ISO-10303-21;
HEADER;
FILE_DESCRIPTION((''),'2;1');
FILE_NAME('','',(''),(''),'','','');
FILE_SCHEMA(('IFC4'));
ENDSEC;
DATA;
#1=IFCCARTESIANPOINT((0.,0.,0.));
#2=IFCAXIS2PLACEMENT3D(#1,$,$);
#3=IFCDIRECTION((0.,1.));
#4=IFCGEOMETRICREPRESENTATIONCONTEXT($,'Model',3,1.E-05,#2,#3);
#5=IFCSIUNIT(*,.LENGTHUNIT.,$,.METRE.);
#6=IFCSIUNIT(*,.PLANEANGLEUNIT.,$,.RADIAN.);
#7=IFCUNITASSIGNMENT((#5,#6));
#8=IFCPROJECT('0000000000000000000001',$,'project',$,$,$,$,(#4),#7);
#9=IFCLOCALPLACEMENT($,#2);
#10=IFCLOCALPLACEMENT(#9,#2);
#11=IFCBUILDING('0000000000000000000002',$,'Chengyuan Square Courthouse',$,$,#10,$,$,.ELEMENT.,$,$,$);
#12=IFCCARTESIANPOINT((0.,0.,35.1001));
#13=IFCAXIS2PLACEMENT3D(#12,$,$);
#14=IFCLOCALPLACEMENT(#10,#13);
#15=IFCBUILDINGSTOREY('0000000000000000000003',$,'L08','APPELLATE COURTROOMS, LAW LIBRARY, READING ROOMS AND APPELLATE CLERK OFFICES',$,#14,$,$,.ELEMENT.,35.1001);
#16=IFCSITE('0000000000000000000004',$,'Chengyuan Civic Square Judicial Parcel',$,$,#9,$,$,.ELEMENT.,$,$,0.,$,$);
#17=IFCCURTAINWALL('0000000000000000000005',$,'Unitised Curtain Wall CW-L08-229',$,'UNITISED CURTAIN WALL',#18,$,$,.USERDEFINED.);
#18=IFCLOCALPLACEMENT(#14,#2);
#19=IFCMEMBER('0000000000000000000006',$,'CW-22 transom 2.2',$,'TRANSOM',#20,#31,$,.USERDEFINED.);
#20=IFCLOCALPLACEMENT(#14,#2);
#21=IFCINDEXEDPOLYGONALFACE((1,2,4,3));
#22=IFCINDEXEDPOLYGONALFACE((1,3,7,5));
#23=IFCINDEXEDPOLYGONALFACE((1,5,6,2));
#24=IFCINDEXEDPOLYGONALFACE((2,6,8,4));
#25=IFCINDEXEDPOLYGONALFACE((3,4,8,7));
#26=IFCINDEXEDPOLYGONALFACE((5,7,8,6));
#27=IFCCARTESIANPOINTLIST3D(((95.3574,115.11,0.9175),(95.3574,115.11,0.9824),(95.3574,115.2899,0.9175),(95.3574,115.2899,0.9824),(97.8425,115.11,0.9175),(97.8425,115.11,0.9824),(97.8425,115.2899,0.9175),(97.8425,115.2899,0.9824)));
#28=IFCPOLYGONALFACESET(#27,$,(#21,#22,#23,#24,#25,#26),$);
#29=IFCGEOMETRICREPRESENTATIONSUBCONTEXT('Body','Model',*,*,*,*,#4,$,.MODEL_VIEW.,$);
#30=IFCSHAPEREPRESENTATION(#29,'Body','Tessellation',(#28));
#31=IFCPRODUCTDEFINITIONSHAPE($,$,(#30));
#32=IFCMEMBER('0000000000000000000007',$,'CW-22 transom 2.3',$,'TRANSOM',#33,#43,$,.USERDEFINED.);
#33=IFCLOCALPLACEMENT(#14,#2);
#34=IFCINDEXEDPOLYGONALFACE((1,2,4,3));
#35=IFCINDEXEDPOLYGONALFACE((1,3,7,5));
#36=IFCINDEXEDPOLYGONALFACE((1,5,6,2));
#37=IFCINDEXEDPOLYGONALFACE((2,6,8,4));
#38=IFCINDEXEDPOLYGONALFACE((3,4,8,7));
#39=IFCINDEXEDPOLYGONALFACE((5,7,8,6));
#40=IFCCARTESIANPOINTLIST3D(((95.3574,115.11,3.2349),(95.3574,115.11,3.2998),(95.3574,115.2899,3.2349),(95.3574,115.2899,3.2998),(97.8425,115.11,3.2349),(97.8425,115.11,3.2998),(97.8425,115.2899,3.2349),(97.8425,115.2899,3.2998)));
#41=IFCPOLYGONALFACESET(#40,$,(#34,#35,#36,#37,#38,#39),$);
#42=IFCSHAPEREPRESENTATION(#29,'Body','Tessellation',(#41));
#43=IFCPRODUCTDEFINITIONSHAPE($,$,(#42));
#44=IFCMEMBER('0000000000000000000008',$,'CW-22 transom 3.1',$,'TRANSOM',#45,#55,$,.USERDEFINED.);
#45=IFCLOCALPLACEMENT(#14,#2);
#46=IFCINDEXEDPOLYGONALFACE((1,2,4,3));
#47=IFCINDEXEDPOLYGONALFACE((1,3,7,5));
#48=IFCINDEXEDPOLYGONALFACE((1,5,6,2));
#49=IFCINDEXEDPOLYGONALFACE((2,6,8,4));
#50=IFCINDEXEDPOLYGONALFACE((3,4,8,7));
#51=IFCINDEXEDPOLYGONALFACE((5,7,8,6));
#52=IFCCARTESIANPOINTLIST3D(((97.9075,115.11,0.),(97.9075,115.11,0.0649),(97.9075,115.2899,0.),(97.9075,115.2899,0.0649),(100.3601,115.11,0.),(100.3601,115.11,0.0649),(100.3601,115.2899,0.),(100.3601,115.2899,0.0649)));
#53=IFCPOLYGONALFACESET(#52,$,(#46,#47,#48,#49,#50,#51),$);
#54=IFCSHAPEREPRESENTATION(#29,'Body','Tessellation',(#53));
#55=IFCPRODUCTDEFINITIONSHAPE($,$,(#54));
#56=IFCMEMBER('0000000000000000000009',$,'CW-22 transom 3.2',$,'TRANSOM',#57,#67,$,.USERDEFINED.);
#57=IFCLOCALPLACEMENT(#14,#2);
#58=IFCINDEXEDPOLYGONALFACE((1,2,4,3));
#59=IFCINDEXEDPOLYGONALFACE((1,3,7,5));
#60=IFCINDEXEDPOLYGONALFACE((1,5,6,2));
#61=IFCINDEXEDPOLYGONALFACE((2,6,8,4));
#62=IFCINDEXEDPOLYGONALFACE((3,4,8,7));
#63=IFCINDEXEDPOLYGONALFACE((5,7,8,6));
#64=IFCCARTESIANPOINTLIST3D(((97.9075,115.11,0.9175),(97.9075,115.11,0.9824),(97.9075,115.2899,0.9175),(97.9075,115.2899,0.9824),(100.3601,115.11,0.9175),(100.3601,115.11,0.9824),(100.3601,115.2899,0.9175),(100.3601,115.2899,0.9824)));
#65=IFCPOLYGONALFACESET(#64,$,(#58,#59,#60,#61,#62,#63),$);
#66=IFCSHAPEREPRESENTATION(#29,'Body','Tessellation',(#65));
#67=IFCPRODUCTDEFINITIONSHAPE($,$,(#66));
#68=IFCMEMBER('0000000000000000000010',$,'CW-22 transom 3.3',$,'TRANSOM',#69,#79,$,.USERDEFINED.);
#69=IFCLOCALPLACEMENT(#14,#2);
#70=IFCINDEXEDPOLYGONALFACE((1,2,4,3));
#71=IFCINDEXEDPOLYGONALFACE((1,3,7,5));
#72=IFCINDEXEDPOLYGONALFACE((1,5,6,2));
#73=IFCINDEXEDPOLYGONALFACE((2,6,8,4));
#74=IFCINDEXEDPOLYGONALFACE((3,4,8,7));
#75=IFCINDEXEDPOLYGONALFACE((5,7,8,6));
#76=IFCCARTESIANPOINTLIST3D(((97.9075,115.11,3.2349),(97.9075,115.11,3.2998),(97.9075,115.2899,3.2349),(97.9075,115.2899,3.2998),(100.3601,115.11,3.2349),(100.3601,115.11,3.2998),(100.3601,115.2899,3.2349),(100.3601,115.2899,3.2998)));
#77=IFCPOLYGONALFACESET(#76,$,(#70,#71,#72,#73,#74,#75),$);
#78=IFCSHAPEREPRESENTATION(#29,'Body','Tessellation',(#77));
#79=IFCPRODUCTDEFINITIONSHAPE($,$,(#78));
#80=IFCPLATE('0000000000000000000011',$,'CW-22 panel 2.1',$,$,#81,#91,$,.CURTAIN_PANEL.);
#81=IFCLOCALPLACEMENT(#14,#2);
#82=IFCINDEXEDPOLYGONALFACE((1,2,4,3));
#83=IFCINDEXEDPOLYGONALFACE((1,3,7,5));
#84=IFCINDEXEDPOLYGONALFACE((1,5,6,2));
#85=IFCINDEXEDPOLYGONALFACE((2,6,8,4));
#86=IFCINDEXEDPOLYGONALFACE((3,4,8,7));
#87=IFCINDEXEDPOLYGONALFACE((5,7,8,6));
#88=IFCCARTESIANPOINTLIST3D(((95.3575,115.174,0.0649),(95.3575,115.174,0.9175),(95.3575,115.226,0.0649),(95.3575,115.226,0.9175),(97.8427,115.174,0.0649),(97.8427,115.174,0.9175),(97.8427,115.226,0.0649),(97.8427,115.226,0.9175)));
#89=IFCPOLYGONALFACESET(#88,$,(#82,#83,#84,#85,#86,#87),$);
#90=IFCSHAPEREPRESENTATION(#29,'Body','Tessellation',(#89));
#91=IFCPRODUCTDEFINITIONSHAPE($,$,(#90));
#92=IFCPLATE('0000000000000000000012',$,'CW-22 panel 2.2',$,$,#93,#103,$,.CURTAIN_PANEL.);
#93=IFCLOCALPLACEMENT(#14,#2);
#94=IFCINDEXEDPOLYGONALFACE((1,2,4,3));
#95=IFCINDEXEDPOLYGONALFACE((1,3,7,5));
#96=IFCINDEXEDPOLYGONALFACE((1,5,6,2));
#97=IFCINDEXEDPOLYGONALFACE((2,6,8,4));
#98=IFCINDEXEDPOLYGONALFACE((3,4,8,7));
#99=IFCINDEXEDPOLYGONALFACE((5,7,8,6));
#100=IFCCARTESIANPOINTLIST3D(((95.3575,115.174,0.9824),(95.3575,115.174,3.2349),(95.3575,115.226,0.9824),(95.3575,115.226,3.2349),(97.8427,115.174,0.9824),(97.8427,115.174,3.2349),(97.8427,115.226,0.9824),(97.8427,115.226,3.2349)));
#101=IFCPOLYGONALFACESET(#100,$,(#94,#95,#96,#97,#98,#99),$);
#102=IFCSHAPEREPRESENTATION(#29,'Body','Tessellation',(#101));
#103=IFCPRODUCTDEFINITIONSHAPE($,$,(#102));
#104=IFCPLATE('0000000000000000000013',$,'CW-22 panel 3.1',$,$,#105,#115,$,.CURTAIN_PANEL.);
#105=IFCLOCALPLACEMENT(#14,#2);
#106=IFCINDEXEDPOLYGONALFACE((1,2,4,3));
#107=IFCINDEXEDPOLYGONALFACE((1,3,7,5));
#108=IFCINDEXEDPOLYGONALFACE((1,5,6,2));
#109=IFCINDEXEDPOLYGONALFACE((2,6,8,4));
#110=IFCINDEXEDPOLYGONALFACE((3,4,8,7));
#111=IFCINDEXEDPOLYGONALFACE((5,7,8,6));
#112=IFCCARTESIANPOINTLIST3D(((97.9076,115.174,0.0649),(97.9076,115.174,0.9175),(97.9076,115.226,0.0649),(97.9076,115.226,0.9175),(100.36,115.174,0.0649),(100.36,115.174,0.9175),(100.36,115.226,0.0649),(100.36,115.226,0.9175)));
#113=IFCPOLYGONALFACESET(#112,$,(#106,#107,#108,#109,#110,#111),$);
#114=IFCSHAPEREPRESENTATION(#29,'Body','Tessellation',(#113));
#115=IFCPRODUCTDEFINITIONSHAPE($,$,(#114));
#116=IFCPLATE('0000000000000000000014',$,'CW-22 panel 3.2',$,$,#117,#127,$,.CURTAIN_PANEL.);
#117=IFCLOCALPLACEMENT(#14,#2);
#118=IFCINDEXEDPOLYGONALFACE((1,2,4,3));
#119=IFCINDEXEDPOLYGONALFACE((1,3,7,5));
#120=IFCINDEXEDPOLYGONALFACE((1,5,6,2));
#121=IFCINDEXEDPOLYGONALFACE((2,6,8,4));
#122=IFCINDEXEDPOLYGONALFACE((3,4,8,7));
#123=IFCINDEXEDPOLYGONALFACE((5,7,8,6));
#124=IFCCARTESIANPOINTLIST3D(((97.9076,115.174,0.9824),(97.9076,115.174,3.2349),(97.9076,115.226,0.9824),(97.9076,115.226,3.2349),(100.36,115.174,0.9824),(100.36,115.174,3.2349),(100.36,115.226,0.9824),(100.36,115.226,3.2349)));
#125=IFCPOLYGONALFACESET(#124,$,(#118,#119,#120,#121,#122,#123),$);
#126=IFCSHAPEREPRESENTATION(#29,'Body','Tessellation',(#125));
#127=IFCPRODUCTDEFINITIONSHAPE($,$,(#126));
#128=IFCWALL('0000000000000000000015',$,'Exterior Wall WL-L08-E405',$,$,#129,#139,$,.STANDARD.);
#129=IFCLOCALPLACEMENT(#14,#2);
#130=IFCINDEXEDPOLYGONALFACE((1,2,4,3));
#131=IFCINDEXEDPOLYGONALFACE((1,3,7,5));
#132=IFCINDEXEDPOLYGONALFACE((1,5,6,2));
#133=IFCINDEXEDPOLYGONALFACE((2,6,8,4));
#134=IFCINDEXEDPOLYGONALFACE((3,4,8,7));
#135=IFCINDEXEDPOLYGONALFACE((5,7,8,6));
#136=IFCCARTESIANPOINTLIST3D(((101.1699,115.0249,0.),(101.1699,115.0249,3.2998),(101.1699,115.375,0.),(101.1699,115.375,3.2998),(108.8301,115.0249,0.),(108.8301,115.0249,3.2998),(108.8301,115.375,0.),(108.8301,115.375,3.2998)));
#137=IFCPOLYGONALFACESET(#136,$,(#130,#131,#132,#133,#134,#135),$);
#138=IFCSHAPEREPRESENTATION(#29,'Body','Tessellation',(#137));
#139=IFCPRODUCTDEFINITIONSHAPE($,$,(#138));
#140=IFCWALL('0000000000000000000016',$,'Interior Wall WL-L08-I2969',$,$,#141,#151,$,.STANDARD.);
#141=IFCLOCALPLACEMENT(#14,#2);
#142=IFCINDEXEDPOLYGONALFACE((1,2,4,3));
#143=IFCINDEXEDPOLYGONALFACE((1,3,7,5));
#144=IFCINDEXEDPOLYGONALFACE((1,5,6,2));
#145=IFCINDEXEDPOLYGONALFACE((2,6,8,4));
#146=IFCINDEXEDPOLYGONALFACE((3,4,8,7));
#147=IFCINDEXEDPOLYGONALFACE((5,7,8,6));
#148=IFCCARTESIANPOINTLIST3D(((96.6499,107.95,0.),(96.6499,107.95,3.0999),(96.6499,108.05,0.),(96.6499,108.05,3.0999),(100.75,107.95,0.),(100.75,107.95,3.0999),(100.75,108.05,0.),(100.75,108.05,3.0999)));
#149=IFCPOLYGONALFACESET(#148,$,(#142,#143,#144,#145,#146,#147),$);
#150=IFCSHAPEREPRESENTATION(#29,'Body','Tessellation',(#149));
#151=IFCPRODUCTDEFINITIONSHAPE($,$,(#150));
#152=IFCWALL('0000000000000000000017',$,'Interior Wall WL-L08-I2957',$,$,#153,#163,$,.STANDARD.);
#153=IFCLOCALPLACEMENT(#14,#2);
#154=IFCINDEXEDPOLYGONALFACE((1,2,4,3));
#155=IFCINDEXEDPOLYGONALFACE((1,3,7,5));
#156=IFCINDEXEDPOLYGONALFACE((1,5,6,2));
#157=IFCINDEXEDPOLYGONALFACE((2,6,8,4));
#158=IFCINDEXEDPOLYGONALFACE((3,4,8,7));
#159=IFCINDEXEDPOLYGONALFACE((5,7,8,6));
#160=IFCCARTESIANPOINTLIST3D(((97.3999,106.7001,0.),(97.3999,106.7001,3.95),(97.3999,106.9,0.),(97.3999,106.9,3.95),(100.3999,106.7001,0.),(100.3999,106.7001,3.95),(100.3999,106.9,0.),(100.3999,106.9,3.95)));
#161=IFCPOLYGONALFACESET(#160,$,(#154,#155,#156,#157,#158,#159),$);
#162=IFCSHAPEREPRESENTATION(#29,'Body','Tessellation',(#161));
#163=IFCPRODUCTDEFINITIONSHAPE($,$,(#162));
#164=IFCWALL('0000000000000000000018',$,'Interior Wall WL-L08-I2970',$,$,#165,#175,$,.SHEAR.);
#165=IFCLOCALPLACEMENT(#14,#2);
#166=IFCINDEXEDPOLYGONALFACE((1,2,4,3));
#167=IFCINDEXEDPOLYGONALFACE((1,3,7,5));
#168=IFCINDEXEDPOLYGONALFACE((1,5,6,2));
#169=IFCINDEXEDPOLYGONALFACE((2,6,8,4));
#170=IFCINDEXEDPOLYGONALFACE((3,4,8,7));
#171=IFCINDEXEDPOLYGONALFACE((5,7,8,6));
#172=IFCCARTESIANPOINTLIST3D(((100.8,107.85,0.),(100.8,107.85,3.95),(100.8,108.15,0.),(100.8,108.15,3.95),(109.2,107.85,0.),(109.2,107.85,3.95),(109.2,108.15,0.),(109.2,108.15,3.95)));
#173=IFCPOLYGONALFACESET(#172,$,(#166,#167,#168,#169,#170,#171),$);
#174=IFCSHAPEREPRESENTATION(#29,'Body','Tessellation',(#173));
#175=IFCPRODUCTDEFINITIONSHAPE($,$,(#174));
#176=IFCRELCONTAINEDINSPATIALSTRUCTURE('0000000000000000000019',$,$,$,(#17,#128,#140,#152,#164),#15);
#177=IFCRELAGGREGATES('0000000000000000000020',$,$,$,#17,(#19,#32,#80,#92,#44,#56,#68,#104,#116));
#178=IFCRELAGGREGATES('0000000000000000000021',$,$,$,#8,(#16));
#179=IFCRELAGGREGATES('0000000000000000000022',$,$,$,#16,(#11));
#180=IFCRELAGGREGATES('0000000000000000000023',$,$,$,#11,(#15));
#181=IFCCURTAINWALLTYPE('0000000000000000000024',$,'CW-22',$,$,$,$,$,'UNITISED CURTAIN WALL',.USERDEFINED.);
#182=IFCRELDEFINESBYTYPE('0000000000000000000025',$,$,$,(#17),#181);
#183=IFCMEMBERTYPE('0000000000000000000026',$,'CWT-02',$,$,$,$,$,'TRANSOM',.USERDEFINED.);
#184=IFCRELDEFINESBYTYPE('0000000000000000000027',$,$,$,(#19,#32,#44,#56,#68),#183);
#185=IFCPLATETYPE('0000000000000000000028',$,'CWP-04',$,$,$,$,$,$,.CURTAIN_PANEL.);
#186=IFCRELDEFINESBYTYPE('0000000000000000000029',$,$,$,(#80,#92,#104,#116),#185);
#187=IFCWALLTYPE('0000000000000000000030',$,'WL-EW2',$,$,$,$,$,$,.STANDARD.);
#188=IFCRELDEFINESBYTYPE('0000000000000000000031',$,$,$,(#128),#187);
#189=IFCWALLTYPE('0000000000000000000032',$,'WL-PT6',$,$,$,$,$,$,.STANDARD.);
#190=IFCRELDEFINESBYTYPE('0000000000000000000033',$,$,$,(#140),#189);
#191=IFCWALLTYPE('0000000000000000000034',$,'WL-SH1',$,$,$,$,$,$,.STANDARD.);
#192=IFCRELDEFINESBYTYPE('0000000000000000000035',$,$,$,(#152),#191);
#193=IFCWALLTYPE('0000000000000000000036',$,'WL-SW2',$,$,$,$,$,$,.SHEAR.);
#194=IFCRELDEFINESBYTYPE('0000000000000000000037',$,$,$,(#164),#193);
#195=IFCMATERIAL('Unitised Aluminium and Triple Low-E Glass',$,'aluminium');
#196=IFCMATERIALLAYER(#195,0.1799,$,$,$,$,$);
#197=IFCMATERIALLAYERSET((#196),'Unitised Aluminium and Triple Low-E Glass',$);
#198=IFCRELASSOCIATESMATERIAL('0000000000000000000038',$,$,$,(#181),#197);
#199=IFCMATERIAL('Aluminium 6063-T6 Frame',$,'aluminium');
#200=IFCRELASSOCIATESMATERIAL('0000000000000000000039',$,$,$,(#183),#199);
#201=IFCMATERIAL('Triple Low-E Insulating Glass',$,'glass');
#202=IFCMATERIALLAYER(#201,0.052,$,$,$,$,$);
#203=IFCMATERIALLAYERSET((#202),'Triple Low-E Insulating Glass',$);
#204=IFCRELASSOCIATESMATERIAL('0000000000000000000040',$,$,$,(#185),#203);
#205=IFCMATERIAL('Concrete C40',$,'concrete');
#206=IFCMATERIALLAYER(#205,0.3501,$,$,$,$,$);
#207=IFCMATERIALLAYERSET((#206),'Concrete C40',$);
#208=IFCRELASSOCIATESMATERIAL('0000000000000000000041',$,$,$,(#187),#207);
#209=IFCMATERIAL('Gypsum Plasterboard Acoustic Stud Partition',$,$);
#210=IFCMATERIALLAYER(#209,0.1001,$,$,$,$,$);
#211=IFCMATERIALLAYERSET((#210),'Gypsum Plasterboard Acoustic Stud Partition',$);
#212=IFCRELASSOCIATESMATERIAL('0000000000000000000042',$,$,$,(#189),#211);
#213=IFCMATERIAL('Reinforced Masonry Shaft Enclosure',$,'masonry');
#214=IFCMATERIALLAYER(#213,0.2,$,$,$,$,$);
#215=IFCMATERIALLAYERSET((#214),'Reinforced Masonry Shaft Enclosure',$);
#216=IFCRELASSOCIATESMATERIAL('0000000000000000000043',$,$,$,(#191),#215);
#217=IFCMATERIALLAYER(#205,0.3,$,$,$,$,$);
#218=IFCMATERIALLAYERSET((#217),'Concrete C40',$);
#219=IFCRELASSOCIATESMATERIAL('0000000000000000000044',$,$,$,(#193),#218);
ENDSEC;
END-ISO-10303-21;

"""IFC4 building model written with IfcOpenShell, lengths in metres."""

from ifc_helpers import new_model, si_unit, direction, frame, frame_2d, origin, origin_2d, place, context, subcontext, project, spatial, rectangle, extrude, material, layer, layer_set, material_profile, profile_set, type_object, element, aggregate, save


model = new_model("IFC4")

# Units and contexts
model_context = context("Model", 3, precision=1e-05, world=origin(), true_north=direction((0.0, 1.0)))
body_context = subcontext(model_context, "Body", "Model", "MODEL_VIEW")
ifc_project = project(units=[si_unit("LENGTHUNIT", "METRE"), si_unit("PLANEANGLEUNIT", "RADIAN")], contexts=[model_context])

# Site, building, storey
site_placement = place(None, origin())
site = spatial("IfcSite", under=ifc_project, at=site_placement, Name="Chengyuan Civic Square Judicial Parcel", CompositionType="ELEMENT", RefElevation=0.0)
building_placement = place(site_placement, origin())
building = spatial("IfcBuilding", under=site, at=building_placement, Name="Chengyuan Square Courthouse", CompositionType="ELEMENT")
storey_placement = place(building_placement, frame((0.0, 0.0, 35.1001)))
storey = spatial("IfcBuildingStorey", under=building, at=storey_placement, Name="L08", Description="APPELLATE COURTROOMS, LAW LIBRARY, READING ROOMS AND APPELLATE CLERK OFFICES", CompositionType="ELEMENT", Elevation=35.1001)

# Shared definitions
ifc_material_1 = material(Name="Concrete C40", Category="concrete")

# Curtain wall, members, plates
ifc_material_2 = material(Name="Unitised Aluminium and Triple Low-E Glass", Category="aluminium")
ifc_layer_1 = layer(ifc_material_2, 0.1799)
ifc_layer_set_1 = layer_set([ifc_layer_1], Name="Unitised Aluminium and Triple Low-E Glass")
curtain_wall_type = type_object("IfcCurtainWallType", Name="CW-22", ElementType="UNITISED CURTAIN WALL", PredefinedType="USERDEFINED", material=ifc_layer_set_1)
curtain_wall_placement = place(storey_placement, origin())
curtain_wall = element("IfcCurtainWall", 1, at=curtain_wall_placement, inside=storey, type_object=curtain_wall_type, Name="Unitised Curtain Wall CW-L08-229", ObjectType="UNITISED CURTAIN WALL", PredefinedType="USERDEFINED")
ifc_material_3 = material(Name="Aluminium 6063-T6 Frame", Category="aluminium")
ifc_material_profile_1 = material_profile(ifc_material_3, rectangle(XDim=0.1799, YDim=0.0649, at=origin_2d()), Name="CW-TRN-65x140")
ifc_profile_set_1 = profile_set([ifc_material_profile_1], Name="Aluminium 6063-T6 Frame")
member_type_1 = type_object("IfcMemberType", Name="CWT-02", ElementType="TRANSOM", PredefinedType="USERDEFINED", material=ifc_profile_set_1)
member_1_placement = place(storey_placement, frame((95.3574, 115.2, 0.95), z_axis=(1.0, 0.0, 0.0), x_axis=(0.0, 1.0, 0.0)))
member_1 = element("IfcMember", 2, at=member_1_placement, type_object=member_type_1, Name="CW-22 transom 2.2", ObjectType="TRANSOM", PredefinedType="USERDEFINED", context=body_context, shape_type="SweptSolid", body=[
    extrude(rectangle(XDim=0.1799, YDim=0.0649, at=origin_2d()), origin(), (0.0, 0.0, 1.0), 2.4851),
])
member_2_placement = place(storey_placement, frame((95.3574, 115.2, 3.2673), z_axis=(1.0, 0.0, 0.0), x_axis=(0.0, 1.0, 0.0)))
member_2 = element("IfcMember", 3, at=member_2_placement, type_object=member_type_1, Name="CW-22 transom 2.3", ObjectType="TRANSOM", PredefinedType="USERDEFINED", context=body_context, shape_type="SweptSolid", body=[
    extrude(rectangle(XDim=0.1799, YDim=0.0649, at=origin_2d()), origin(), (0.0, 0.0, 1.0), 2.4851),
])
member_3_placement = place(storey_placement, frame((97.9075, 115.2, 0.0325), z_axis=(1.0, 0.0, 0.0), x_axis=(0.0, 1.0, 0.0)))
member_3 = element("IfcMember", 4, at=member_3_placement, type_object=member_type_1, Name="CW-22 transom 3.1", ObjectType="TRANSOM", PredefinedType="USERDEFINED", context=body_context, shape_type="SweptSolid", body=[
    extrude(rectangle(XDim=0.1799, YDim=0.0649, at=origin_2d()), origin(), (0.0, 0.0, 1.0), 2.4526),
])
member_4_placement = place(storey_placement, frame((97.9075, 115.2, 0.95), z_axis=(1.0, 0.0, 0.0), x_axis=(0.0, 1.0, 0.0)))
member_4 = element("IfcMember", 5, at=member_4_placement, type_object=member_type_1, Name="CW-22 transom 3.2", ObjectType="TRANSOM", PredefinedType="USERDEFINED", context=body_context, shape_type="SweptSolid", body=[
    extrude(rectangle(XDim=0.1799, YDim=0.0649, at=origin_2d()), origin(), (0.0, 0.0, 1.0), 2.4526),
])
member_5_placement = place(storey_placement, frame((97.9075, 115.2, 3.2673), z_axis=(1.0, 0.0, 0.0), x_axis=(0.0, 1.0, 0.0)))
member_5 = element("IfcMember", 6, at=member_5_placement, type_object=member_type_1, Name="CW-22 transom 3.3", ObjectType="TRANSOM", PredefinedType="USERDEFINED", context=body_context, shape_type="SweptSolid", body=[
    extrude(rectangle(XDim=0.1799, YDim=0.0649, at=origin_2d()), origin(), (0.0, 0.0, 1.0), 2.4526),
])
ifc_material_4 = material(Name="Triple Low-E Insulating Glass", Category="glass")
ifc_layer_2 = layer(ifc_material_4, 0.052)
ifc_layer_set_2 = layer_set([ifc_layer_2], Name="Triple Low-E Insulating Glass")
plate_type = type_object("IfcPlateType", Name="CWP-04", PredefinedType="CURTAIN_PANEL", material=ifc_layer_set_2)
plate_1_placement = place(storey_placement, frame((96.6001, 115.2, 0.0649), z_axis=(0.0, 0.0, 1.0), x_axis=(1.0, 0.0, 0.0)))
plate_1 = element("IfcPlate", 7, at=plate_1_placement, type_object=plate_type, Name="CW-22 panel 2.1", PredefinedType="CURTAIN_PANEL", context=body_context, shape_type="SweptSolid", body=[
    extrude(rectangle(XDim=2.4851, YDim=0.052, at=origin_2d()), origin(), (0.0, 0.0, 1.0), 0.8525),
])
plate_2_placement = place(storey_placement, frame((96.6001, 115.2, 0.9824), z_axis=(0.0, 0.0, 1.0), x_axis=(1.0, 0.0, 0.0)))
plate_2 = element("IfcPlate", 8, at=plate_2_placement, type_object=plate_type, Name="CW-22 panel 2.2", PredefinedType="CURTAIN_PANEL", context=body_context, shape_type="SweptSolid", body=[
    extrude(rectangle(XDim=2.4851, YDim=0.052, at=origin_2d()), origin(), (0.0, 0.0, 1.0), 2.2524),
])
plate_3_placement = place(storey_placement, frame((99.1338, 115.2, 0.0649), z_axis=(0.0, 0.0, 1.0), x_axis=(1.0, 0.0, 0.0)))
plate_3 = element("IfcPlate", 9, at=plate_3_placement, type_object=plate_type, Name="CW-22 panel 3.1", PredefinedType="CURTAIN_PANEL", context=body_context, shape_type="SweptSolid", body=[
    extrude(rectangle(XDim=2.4524, YDim=0.052, at=origin_2d()), origin(), (0.0, 0.0, 1.0), 0.8525),
])
plate_4_placement = place(storey_placement, frame((99.1338, 115.2, 0.9824), z_axis=(0.0, 0.0, 1.0), x_axis=(1.0, 0.0, 0.0)))
plate_4 = element("IfcPlate", 10, at=plate_4_placement, type_object=plate_type, Name="CW-22 panel 3.2", PredefinedType="CURTAIN_PANEL", context=body_context, shape_type="SweptSolid", body=[
    extrude(rectangle(XDim=2.4524, YDim=0.052, at=origin_2d()), origin(), (0.0, 0.0, 1.0), 2.2524),
])
aggregate(curtain_wall, [member_1, member_2, plate_1, plate_2, member_3, member_4, member_5, plate_3, plate_4])

# Walls
ifc_layer_3 = layer(ifc_material_1, 0.3501)
ifc_layer_set_3 = layer_set([ifc_layer_3], Name="Concrete C40")
wall_type_1 = type_object("IfcWallType", Name="WL-EW2", PredefinedType="STANDARD", material=ifc_layer_set_3)
wall_1_placement = place(storey_placement, frame((101.1699, 115.2, 0.0), z_axis=(0.0, 0.0, 1.0), x_axis=(1.0, 0.0, 0.0)))
element("IfcWall", 11, at=wall_1_placement, inside=storey, type_object=wall_type_1, Name="Exterior Wall WL-L08-E405", PredefinedType="STANDARD", context=body_context, shape_type="SweptSolid", body=[
    extrude(rectangle(XDim=7.6602, YDim=0.3501, at=frame_2d((3.8301, 0.0))), origin(), (0.0, 0.0, 1.0), 3.2998),
])
ifc_material_5 = material(Name="Gypsum Plasterboard Acoustic Stud Partition")
ifc_layer_4 = layer(ifc_material_5, 0.1001)
ifc_layer_set_4 = layer_set([ifc_layer_4], Name="Gypsum Plasterboard Acoustic Stud Partition")
wall_type_2 = type_object("IfcWallType", Name="WL-PT6", PredefinedType="STANDARD", material=ifc_layer_set_4)
wall_2_placement = place(storey_placement, frame((96.6499, 108.0, 0.0), z_axis=(0.0, 0.0, 1.0), x_axis=(1.0, 0.0, 0.0)))
element("IfcWall", 12, at=wall_2_placement, inside=storey, type_object=wall_type_2, Name="Interior Wall WL-L08-I2969", PredefinedType="STANDARD", context=body_context, shape_type="SweptSolid", body=[
    extrude(rectangle(XDim=4.1001, YDim=0.1001, at=frame_2d((2.05, 0.0))), origin(), (0.0, 0.0, 1.0), 3.0999),
])
ifc_material_6 = material(Name="Reinforced Masonry Shaft Enclosure", Category="masonry")
ifc_layer_5 = layer(ifc_material_6, 0.2)
ifc_layer_set_5 = layer_set([ifc_layer_5], Name="Reinforced Masonry Shaft Enclosure")
wall_type_3 = type_object("IfcWallType", Name="WL-SH1", PredefinedType="STANDARD", material=ifc_layer_set_5)
wall_3_placement = place(storey_placement, frame((97.3999, 106.8, 0.0), z_axis=(0.0, 0.0, 1.0), x_axis=(1.0, 0.0, 0.0)))
element("IfcWall", 13, at=wall_3_placement, inside=storey, type_object=wall_type_3, Name="Interior Wall WL-L08-I2957", PredefinedType="STANDARD", context=body_context, shape_type="SweptSolid", body=[
    extrude(rectangle(XDim=3.0, YDim=0.2, at=frame_2d((1.5, 0.0))), origin(), (0.0, 0.0, 1.0), 3.95),
])
ifc_layer_6 = layer(ifc_material_1, 0.3)
ifc_layer_set_6 = layer_set([ifc_layer_6], Name="Concrete C40")
wall_type_4 = type_object("IfcWallType", Name="WL-SW2", PredefinedType="SHEAR", material=ifc_layer_set_6)
wall_4_placement = place(storey_placement, frame((100.8, 108.0, 0.0), z_axis=(0.0, 0.0, 1.0), x_axis=(1.0, 0.0, 0.0)))
element("IfcWall", 14, at=wall_4_placement, inside=storey, type_object=wall_type_4, Name="Interior Wall WL-L08-I2970", PredefinedType="SHEAR", context=body_context, shape_type="SweptSolid", body=[
    extrude(rectangle(XDim=8.3999, YDim=0.3, at=frame_2d((4.2, 0.0))), origin(), (0.0, 0.0, 1.0), 3.95),
])

save(model, "model.ifc")
